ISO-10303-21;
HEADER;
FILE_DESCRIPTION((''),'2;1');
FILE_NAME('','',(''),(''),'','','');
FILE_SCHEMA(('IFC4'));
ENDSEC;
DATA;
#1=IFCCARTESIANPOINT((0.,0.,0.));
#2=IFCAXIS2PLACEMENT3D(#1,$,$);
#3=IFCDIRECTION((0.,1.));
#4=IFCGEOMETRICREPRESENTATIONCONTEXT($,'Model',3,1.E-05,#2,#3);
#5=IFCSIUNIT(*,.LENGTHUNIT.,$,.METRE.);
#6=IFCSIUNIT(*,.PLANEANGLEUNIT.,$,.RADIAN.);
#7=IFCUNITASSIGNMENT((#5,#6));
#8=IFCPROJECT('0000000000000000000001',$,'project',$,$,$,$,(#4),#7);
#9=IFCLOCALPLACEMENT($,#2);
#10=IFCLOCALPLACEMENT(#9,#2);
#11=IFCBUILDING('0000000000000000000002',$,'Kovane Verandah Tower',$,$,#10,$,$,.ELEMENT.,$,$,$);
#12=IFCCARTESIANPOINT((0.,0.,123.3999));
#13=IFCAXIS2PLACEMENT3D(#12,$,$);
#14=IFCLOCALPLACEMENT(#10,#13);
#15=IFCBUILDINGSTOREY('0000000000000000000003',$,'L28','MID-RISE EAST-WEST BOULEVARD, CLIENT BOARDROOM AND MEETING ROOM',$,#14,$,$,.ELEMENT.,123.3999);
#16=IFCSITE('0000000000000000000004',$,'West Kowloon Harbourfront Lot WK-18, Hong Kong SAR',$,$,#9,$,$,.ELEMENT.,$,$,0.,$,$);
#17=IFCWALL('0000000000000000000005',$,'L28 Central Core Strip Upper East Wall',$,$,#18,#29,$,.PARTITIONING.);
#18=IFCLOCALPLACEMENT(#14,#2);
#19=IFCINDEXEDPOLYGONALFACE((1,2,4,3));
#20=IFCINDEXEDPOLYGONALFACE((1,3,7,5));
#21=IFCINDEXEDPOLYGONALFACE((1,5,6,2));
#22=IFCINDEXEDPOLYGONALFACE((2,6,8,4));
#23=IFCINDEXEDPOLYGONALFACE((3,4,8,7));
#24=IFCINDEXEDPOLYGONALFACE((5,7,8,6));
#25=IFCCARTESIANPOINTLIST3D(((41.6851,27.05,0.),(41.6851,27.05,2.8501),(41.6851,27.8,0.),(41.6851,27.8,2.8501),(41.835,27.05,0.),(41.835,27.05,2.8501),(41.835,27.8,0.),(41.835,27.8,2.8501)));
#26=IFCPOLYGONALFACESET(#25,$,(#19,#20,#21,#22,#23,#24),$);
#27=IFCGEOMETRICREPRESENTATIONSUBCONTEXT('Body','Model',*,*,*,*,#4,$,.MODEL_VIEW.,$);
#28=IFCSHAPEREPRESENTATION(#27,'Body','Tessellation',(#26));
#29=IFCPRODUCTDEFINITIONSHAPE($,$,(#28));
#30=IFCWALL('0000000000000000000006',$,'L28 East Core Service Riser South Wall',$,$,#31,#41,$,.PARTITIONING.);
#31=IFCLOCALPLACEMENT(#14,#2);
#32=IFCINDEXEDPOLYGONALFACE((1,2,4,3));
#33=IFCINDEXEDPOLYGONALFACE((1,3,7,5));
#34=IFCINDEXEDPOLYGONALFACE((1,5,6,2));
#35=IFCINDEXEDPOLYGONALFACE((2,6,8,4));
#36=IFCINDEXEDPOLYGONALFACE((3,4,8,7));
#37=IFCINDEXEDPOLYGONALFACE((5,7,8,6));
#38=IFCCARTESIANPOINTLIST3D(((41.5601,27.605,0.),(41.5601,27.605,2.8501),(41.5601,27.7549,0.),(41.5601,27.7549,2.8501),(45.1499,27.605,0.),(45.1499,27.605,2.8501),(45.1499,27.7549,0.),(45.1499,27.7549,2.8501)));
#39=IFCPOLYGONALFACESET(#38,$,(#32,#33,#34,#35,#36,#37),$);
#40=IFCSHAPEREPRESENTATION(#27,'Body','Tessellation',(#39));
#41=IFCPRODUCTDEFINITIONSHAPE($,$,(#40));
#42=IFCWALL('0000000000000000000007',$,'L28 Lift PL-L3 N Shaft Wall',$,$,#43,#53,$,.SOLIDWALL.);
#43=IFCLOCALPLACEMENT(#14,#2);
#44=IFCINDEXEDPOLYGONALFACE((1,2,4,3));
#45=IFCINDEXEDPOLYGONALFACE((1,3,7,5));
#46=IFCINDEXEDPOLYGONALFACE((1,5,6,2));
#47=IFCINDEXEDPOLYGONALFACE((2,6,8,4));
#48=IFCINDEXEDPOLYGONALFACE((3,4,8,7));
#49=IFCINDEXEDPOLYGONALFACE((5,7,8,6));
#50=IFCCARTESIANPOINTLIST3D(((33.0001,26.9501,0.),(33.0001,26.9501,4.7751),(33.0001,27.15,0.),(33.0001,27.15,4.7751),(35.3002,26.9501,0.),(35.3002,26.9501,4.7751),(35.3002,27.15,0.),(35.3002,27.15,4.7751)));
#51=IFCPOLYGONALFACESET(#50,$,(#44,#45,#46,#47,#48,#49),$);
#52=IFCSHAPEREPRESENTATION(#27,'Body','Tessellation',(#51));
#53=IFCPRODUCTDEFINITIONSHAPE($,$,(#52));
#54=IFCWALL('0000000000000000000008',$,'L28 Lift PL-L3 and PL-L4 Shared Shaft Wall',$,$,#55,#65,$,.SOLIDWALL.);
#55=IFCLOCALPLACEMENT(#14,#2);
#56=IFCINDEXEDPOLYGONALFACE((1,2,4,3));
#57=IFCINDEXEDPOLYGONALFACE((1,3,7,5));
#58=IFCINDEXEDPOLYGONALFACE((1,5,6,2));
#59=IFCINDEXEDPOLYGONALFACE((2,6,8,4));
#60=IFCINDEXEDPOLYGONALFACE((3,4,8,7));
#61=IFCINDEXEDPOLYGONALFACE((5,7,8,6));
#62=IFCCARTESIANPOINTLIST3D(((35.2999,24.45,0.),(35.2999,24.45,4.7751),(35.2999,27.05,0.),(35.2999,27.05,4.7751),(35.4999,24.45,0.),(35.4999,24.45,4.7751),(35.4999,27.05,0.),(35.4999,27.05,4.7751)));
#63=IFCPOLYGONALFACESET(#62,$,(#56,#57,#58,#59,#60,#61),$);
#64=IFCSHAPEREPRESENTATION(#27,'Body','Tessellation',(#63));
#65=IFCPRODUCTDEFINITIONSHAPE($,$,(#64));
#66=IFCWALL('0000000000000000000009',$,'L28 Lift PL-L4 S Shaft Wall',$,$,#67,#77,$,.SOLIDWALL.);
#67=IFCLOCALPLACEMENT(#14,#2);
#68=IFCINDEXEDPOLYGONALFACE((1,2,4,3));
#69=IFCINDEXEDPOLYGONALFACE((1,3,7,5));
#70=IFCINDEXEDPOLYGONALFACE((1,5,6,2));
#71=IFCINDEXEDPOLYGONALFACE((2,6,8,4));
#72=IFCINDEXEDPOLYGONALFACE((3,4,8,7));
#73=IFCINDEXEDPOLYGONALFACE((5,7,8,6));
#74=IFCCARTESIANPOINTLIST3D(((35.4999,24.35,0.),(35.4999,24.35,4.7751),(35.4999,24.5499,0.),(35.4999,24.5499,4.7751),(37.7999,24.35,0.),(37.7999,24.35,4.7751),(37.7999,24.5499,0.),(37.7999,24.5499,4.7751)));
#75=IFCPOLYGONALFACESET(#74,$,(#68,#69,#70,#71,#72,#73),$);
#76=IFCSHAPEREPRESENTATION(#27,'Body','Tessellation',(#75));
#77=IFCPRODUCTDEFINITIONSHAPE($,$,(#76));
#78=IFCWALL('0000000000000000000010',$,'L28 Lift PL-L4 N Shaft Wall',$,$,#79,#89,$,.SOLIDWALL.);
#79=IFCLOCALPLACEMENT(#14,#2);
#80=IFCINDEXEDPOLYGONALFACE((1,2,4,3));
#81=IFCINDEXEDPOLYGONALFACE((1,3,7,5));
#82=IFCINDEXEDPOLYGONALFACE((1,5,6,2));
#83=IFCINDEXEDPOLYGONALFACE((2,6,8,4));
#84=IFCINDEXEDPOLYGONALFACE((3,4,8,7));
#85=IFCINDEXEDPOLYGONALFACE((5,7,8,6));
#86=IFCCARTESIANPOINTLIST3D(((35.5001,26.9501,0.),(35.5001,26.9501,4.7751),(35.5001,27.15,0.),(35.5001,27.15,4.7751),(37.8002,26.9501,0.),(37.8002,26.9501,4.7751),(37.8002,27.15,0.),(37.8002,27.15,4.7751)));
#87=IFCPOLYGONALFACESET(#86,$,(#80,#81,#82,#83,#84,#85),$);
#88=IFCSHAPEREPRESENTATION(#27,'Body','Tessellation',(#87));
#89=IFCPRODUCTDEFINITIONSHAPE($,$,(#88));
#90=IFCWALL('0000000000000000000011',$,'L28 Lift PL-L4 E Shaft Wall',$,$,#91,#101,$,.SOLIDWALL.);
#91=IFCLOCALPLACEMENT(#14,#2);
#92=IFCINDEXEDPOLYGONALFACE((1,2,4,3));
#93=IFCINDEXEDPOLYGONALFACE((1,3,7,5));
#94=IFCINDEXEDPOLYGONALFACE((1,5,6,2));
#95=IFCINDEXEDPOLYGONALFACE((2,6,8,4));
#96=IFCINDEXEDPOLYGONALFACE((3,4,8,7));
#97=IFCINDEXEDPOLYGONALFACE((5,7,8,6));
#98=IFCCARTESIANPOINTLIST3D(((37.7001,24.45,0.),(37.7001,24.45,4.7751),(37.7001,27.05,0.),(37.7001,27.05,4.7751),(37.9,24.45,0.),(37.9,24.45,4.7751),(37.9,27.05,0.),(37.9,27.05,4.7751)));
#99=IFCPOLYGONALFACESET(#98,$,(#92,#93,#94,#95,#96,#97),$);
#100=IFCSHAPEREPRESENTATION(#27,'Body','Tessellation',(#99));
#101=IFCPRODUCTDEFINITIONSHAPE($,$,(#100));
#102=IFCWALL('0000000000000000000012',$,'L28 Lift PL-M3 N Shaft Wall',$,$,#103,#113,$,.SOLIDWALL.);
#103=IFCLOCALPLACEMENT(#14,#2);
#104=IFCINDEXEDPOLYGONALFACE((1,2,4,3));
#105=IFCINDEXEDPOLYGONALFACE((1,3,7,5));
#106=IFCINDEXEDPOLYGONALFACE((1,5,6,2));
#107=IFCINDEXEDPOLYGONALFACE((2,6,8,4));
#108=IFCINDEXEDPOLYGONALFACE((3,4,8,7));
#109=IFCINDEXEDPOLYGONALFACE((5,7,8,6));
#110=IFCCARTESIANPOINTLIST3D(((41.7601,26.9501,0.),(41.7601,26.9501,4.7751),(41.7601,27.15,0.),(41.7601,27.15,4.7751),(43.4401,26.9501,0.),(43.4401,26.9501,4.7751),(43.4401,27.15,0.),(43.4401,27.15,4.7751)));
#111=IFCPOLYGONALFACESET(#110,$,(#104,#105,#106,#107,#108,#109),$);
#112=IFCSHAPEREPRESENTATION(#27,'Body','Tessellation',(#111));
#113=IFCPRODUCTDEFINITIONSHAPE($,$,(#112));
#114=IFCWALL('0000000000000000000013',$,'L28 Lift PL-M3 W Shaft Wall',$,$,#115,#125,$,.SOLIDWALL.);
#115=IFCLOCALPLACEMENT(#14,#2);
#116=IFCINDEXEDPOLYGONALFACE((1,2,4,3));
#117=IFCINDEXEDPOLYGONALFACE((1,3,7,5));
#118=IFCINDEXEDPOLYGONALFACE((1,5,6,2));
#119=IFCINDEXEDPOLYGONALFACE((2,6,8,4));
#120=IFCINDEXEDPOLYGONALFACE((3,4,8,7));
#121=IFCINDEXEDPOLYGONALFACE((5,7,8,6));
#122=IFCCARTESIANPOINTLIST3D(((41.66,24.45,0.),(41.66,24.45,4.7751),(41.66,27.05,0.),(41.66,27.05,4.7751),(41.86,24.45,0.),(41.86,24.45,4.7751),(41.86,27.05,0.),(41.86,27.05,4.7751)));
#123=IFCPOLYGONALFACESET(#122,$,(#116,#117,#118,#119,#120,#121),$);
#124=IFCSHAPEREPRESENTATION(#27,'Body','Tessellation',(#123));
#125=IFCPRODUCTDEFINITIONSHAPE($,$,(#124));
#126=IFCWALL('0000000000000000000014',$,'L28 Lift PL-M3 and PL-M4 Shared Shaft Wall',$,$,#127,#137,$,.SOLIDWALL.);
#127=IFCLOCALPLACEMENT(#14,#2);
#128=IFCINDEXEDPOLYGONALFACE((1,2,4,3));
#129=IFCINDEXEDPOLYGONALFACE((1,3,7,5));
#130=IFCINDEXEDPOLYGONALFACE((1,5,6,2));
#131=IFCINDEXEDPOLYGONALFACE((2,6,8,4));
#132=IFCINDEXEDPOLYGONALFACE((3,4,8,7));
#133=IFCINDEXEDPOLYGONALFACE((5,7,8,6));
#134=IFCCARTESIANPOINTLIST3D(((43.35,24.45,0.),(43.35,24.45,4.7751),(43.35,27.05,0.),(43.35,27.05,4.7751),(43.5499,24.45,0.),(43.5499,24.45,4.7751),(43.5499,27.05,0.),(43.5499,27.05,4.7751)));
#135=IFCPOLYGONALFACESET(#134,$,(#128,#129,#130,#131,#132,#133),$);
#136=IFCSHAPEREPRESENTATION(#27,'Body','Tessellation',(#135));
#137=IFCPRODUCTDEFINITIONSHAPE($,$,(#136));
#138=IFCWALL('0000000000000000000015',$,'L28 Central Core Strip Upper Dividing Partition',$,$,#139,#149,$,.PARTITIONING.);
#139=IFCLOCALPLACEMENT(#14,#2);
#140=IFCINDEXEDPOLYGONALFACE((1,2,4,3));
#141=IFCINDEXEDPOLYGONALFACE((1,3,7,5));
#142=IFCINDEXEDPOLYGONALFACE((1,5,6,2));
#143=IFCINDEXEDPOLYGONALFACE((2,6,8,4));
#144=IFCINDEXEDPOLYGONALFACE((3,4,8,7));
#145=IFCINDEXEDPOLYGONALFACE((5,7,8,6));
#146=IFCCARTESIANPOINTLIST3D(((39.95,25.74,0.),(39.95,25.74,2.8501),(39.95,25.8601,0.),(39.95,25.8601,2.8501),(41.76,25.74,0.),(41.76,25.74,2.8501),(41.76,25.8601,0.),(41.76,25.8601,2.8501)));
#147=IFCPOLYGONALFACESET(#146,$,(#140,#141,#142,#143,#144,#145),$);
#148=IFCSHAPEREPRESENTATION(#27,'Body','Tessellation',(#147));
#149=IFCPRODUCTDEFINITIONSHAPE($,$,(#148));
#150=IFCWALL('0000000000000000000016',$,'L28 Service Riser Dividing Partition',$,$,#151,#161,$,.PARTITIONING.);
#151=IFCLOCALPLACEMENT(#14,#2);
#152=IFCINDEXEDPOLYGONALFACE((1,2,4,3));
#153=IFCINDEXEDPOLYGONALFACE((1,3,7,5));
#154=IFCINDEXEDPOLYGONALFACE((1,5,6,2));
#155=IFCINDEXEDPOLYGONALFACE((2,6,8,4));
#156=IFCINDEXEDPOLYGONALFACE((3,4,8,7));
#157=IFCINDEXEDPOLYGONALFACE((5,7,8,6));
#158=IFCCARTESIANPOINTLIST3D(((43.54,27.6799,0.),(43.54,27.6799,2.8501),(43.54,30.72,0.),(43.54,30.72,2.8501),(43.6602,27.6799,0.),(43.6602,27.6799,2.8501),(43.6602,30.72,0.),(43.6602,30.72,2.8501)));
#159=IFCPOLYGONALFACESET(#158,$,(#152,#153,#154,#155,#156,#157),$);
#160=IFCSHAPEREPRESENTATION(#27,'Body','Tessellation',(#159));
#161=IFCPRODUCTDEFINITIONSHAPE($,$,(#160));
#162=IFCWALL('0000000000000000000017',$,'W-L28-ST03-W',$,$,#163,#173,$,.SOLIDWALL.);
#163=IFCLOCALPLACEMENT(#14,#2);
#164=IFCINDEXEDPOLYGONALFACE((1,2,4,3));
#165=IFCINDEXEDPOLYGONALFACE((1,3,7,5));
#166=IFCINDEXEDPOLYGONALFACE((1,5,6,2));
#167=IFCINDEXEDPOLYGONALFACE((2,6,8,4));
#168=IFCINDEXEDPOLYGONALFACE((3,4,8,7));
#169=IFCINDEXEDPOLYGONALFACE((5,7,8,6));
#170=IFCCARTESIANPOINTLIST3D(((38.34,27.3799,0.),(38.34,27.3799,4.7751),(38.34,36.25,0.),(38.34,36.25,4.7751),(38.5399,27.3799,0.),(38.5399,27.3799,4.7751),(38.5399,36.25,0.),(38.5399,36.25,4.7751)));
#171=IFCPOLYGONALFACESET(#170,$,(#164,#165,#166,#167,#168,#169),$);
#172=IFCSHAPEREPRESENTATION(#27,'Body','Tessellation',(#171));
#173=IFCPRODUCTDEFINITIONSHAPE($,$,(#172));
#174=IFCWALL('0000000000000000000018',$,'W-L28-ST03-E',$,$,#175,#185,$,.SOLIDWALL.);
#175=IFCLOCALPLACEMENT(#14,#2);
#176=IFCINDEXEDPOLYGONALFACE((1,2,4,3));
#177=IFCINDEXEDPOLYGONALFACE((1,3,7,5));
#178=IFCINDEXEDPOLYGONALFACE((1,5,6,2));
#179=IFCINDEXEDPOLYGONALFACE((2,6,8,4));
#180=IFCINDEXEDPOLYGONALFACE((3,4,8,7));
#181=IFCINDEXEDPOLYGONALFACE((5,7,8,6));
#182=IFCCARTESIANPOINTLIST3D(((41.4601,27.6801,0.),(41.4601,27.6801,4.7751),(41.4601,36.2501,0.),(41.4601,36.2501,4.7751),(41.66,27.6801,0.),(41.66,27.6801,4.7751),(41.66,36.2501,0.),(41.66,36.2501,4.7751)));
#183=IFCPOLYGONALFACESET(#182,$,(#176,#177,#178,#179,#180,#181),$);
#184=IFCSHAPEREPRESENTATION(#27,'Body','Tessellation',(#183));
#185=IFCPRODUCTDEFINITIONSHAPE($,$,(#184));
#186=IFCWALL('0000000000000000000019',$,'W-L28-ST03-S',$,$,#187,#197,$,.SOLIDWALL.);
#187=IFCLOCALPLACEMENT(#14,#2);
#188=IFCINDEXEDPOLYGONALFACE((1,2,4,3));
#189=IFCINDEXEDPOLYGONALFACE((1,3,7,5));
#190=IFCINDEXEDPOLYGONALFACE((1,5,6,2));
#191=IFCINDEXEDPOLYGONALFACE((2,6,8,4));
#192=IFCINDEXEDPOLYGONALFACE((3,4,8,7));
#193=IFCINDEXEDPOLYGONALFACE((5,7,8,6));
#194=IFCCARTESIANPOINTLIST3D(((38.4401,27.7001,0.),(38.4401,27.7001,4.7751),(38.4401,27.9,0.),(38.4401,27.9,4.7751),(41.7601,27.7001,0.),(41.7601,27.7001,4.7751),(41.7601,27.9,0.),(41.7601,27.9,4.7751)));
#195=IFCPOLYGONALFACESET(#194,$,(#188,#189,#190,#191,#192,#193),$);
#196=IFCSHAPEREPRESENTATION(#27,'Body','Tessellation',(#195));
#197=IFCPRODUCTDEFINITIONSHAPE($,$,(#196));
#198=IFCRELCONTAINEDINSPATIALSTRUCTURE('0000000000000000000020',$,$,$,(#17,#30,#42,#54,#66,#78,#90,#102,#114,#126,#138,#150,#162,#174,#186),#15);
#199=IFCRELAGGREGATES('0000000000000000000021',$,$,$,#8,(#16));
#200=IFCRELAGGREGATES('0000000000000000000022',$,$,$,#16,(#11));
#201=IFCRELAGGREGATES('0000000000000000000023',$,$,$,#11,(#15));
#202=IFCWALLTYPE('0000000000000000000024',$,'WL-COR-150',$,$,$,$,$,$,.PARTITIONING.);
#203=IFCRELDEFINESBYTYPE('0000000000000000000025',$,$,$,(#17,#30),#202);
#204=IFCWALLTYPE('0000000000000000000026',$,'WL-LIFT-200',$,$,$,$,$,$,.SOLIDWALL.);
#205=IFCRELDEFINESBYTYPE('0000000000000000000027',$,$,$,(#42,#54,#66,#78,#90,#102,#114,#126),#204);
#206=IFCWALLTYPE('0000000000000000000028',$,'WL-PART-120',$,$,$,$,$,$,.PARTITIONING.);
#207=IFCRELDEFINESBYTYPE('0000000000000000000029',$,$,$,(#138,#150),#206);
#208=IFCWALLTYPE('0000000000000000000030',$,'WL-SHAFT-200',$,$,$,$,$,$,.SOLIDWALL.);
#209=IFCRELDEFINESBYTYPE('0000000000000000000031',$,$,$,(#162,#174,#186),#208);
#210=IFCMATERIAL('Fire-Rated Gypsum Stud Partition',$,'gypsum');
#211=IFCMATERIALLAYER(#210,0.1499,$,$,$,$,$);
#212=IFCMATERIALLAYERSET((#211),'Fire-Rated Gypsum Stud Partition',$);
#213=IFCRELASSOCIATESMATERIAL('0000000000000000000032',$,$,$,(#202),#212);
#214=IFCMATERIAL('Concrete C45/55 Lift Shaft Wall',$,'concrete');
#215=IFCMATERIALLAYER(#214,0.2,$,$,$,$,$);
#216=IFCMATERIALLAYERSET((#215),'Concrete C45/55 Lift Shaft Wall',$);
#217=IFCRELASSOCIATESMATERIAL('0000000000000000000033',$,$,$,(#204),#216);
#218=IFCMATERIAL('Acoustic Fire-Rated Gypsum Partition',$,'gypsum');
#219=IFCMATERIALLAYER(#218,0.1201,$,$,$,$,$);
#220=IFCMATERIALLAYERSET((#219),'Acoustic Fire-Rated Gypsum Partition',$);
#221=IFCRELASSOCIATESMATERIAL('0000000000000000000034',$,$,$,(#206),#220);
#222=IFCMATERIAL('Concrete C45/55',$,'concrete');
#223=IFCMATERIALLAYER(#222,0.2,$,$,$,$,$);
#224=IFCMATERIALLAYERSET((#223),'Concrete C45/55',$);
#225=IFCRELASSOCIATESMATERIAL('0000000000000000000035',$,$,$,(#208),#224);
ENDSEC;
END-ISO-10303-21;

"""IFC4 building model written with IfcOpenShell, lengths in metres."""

from ifc_helpers import new_model, si_unit, direction, frame, frame_2d, origin, place, context, subcontext, project, spatial, rectangle, extrude, material, layer, layer_set, type_object, element, save


model = new_model("IFC4")

# Units and contexts
model_context = context("Model", 3, precision=1e-05, world=origin(), true_north=direction((0.0, 1.0)))
body_context = subcontext(model_context, "Body", "Model", "MODEL_VIEW")
ifc_project = project(units=[si_unit("LENGTHUNIT", "METRE"), si_unit("PLANEANGLEUNIT", "RADIAN")], contexts=[model_context])

# Site, building, storey
site_placement = place(None, origin())
site = spatial("IfcSite", under=ifc_project, at=site_placement, Name="West Kowloon Harbourfront Lot WK-18, Hong Kong SAR", CompositionType="ELEMENT", RefElevation=0.0)
building_placement = place(site_placement, origin())
building = spatial("IfcBuilding", under=site, at=building_placement, Name="Kovane Verandah Tower", CompositionType="ELEMENT")
storey_placement = place(building_placement, frame((0.0, 0.0, 123.3999)))
storey = spatial("IfcBuildingStorey", under=building, at=storey_placement, Name="L28", Description="MID-RISE EAST-WEST BOULEVARD, CLIENT BOARDROOM AND MEETING ROOM", CompositionType="ELEMENT", Elevation=123.3999)

# Wall
ifc_material_1 = material(Name="Fire-Rated Gypsum Stud Partition", Category="gypsum")
ifc_layer_1 = layer(ifc_material_1, 0.1499)
ifc_layer_set_1 = layer_set([ifc_layer_1], Name="Fire-Rated Gypsum Stud Partition")
wall_type_1 = type_object("IfcWallType", Name="WL-COR-150", PredefinedType="PARTITIONING", material=ifc_layer_set_1)
wall_1_placement = place(storey_placement, frame((41.76, 27.05, 0.0), z_axis=(0.0, 0.0, 1.0), x_axis=(0.0, 1.0, 0.0)))
element("IfcWall", 1, at=wall_1_placement, inside=storey, type_object=wall_type_1, Name="L28 Central Core Strip Upper East Wall", PredefinedType="PARTITIONING", context=body_context, shape_type="SweptSolid", body=[
    extrude(rectangle(XDim=0.75, YDim=0.1499, at=frame_2d((0.375, 0.0))), origin(), (0.0, 0.0, 1.0), 2.8501),
])

# Walls
wall_2_placement = place(storey_placement, frame((41.5601, 27.6799, 0.0), z_axis=(0.0, 0.0, 1.0), x_axis=(1.0, 0.0, 0.0)))
element("IfcWall", 2, at=wall_2_placement, inside=storey, type_object=wall_type_1, Name="L28 East Core Service Riser South Wall", PredefinedType="PARTITIONING", context=body_context, shape_type="SweptSolid", body=[
    extrude(rectangle(XDim=3.5898, YDim=0.1499, at=frame_2d((1.7949, 0.0))), origin(), (0.0, 0.0, 1.0), 2.8501),
])
ifc_material_2 = material(Name="Concrete C45/55 Lift Shaft Wall", Category="concrete")
ifc_layer_2 = layer(ifc_material_2, 0.2)
ifc_layer_set_2 = layer_set([ifc_layer_2], Name="Concrete C45/55 Lift Shaft Wall")
wall_type_2 = type_object("IfcWallType", Name="WL-LIFT-200", PredefinedType="SOLIDWALL", material=ifc_layer_set_2)
wall_3_placement = place(storey_placement, frame((35.3, 27.05, 0.0), z_axis=(0.0, 0.0, 1.0), x_axis=(-1.0, 0.0, 0.0)))
element("IfcWall", 3, at=wall_3_placement, inside=storey, type_object=wall_type_2, Name="L28 Lift PL-L3 N Shaft Wall", PredefinedType="SOLIDWALL", context=body_context, shape_type="SweptSolid", body=[
    extrude(rectangle(XDim=2.3, YDim=0.2, at=frame_2d((1.1499, 0.0))), origin(), (0.0, 0.0, 1.0), 4.7751),
])
wall_4_placement = place(storey_placement, frame((35.3999, 24.45, 0.0), z_axis=(0.0, 0.0, 1.0), x_axis=(0.0, 1.0, 0.0)))
element("IfcWall", 4, at=wall_4_placement, inside=storey, type_object=wall_type_2, Name="L28 Lift PL-L3 and PL-L4 Shared Shaft Wall", PredefinedType="SOLIDWALL", context=body_context, shape_type="SweptSolid", body=[
    extrude(rectangle(XDim=2.6001, YDim=0.2, at=frame_2d((1.3, 0.0))), origin(), (0.0, 0.0, 1.0), 4.7751),
])
for number, where, z_axis, x_axis, name in (
    (5, (35.5, 24.45, 0.0), (0.0, 0.0, 1.0), (1.0, 0.0, 0.0), "L28 Lift PL-L4 S Shaft Wall"),
    (6, (37.8, 27.05, 0.0), (0.0, 0.0, 1.0), (-1.0, 0.0, 0.0), "L28 Lift PL-L4 N Shaft Wall"),
):
    element("IfcWall", number, at=place(storey_placement, frame(where, z_axis=z_axis, x_axis=x_axis)), inside=storey, type_object=wall_type_2, Name=name, PredefinedType="SOLIDWALL", context=body_context, shape_type="SweptSolid", body=[
        extrude(rectangle(XDim=2.3, YDim=0.2, at=frame_2d((1.1499, 0.0))), origin(), (0.0, 0.0, 1.0), 4.7751),
    ])
wall_5_placement = place(storey_placement, frame((37.8, 24.45, 0.0), z_axis=(0.0, 0.0, 1.0), x_axis=(0.0, 1.0, 0.0)))
element("IfcWall", 7, at=wall_5_placement, inside=storey, type_object=wall_type_2, Name="L28 Lift PL-L4 E Shaft Wall", PredefinedType="SOLIDWALL", context=body_context, shape_type="SweptSolid", body=[
    extrude(rectangle(XDim=2.6001, YDim=0.2, at=frame_2d((1.3, 0.0))), origin(), (0.0, 0.0, 1.0), 4.7751),
])

# Walls
wall_6_placement = place(storey_placement, frame((43.4399, 27.05, 0.0), z_axis=(0.0, 0.0, 1.0), x_axis=(-1.0, 0.0, 0.0)))
element("IfcWall", 8, at=wall_6_placement, inside=storey, type_object=wall_type_2, Name="L28 Lift PL-M3 N Shaft Wall", PredefinedType="SOLIDWALL", context=body_context, shape_type="SweptSolid", body=[
    extrude(rectangle(XDim=1.6799, YDim=0.2, at=frame_2d((0.8398, 0.0))), origin(), (0.0, 0.0, 1.0), 4.7751),
])
for number, where, z_axis, x_axis, name in (
    (9, (41.76, 27.05, 0.0), (0.0, 0.0, 1.0), (0.0, -1.0, 0.0), "L28 Lift PL-M3 W Shaft Wall"),
    (10, (43.45, 24.45, 0.0), (0.0, 0.0, 1.0), (0.0, 1.0, 0.0), "L28 Lift PL-M3 and PL-M4 Shared Shaft Wall"),
):
    element("IfcWall", number, at=place(storey_placement, frame(where, z_axis=z_axis, x_axis=x_axis)), inside=storey, type_object=wall_type_2, Name=name, PredefinedType="SOLIDWALL", context=body_context, shape_type="SweptSolid", body=[
        extrude(rectangle(XDim=2.6001, YDim=0.2, at=frame_2d((1.3, 0.0))), origin(), (0.0, 0.0, 1.0), 4.7751),
    ])

# Walls
ifc_material_3 = material(Name="Acoustic Fire-Rated Gypsum Partition", Category="gypsum")
ifc_layer_3 = layer(ifc_material_3, 0.1201)
ifc_layer_set_3 = layer_set([ifc_layer_3], Name="Acoustic Fire-Rated Gypsum Partition")
wall_type_3 = type_object("IfcWallType", Name="WL-PART-120", PredefinedType="PARTITIONING", material=ifc_layer_set_3)
wall_7_placement = place(storey_placement, frame((39.95, 25.8, 0.0), z_axis=(0.0, 0.0, 1.0), x_axis=(1.0, 0.0, 0.0)))
element("IfcWall", 11, at=wall_7_placement, inside=storey, type_object=wall_type_3, Name="L28 Central Core Strip Upper Dividing Partition", PredefinedType="PARTITIONING", context=body_context, shape_type="SweptSolid", body=[
    extrude(rectangle(XDim=1.8101, YDim=0.1201, at=frame_2d((0.905, 0.0))), origin(), (0.0, 0.0, 1.0), 2.8501),
])
wall_8_placement = place(storey_placement, frame((43.6001, 27.6799, 0.0), z_axis=(0.0, 0.0, 1.0), x_axis=(0.0, 1.0, 0.0)))
element("IfcWall", 12, at=wall_8_placement, inside=storey, type_object=wall_type_3, Name="L28 Service Riser Dividing Partition", PredefinedType="PARTITIONING", context=body_context, shape_type="SweptSolid", body=[
    extrude(rectangle(XDim=3.04, YDim=0.1201, at=frame_2d((1.52, 0.0))), origin(), (0.0, 0.0, 1.0), 2.8501),
])
ifc_material_4 = material(Name="Concrete C45/55", Category="concrete")
ifc_layer_4 = layer(ifc_material_4, 0.2)
ifc_layer_set_4 = layer_set([ifc_layer_4], Name="Concrete C45/55")
wall_type_4 = type_object("IfcWallType", Name="WL-SHAFT-200", PredefinedType="SOLIDWALL", material=ifc_layer_set_4)
wall_9_placement = place(storey_placement, frame((38.4399, 27.3799, 0.0), z_axis=(0.0, 0.0, 1.0), x_axis=(0.0, 1.0, 0.0)))
element("IfcWall", 13, at=wall_9_placement, inside=storey, type_object=wall_type_4, Name="W-L28-ST03-W", PredefinedType="SOLIDWALL", context=body_context, shape_type="SweptSolid", body=[
    extrude(rectangle(XDim=8.8701, YDim=0.2, at=frame_2d((4.4351, 0.0))), origin(), (0.0, 0.0, 1.0), 4.7751),
])
wall_10_placement = place(storey_placement, frame((41.5601, 27.6799, 0.0), z_axis=(0.0, 0.0, 1.0), x_axis=(0.0, 1.0, 0.0)))
element("IfcWall", 14, at=wall_10_placement, inside=storey, type_object=wall_type_4, Name="W-L28-ST03-E", PredefinedType="SOLIDWALL", context=body_context, shape_type="SweptSolid", body=[
    extrude(rectangle(XDim=8.5701, YDim=0.2, at=frame_2d((4.2852, 0.0))), origin(), (0.0, 0.0, 1.0), 4.7751),
])
wall_11_placement = place(storey_placement, frame((38.4399, 27.8, 0.0), z_axis=(0.0, 0.0, 1.0), x_axis=(1.0, 0.0, 0.0)))
element("IfcWall", 15, at=wall_11_placement, inside=storey, type_object=wall_type_4, Name="W-L28-ST03-S", PredefinedType="SOLIDWALL", context=body_context, shape_type="SweptSolid", body=[
    extrude(rectangle(XDim=3.3201, YDim=0.2, at=frame_2d((1.6602, 0.0))), origin(), (0.0, 0.0, 1.0), 4.7751),
])

save(model, "model.ifc")
